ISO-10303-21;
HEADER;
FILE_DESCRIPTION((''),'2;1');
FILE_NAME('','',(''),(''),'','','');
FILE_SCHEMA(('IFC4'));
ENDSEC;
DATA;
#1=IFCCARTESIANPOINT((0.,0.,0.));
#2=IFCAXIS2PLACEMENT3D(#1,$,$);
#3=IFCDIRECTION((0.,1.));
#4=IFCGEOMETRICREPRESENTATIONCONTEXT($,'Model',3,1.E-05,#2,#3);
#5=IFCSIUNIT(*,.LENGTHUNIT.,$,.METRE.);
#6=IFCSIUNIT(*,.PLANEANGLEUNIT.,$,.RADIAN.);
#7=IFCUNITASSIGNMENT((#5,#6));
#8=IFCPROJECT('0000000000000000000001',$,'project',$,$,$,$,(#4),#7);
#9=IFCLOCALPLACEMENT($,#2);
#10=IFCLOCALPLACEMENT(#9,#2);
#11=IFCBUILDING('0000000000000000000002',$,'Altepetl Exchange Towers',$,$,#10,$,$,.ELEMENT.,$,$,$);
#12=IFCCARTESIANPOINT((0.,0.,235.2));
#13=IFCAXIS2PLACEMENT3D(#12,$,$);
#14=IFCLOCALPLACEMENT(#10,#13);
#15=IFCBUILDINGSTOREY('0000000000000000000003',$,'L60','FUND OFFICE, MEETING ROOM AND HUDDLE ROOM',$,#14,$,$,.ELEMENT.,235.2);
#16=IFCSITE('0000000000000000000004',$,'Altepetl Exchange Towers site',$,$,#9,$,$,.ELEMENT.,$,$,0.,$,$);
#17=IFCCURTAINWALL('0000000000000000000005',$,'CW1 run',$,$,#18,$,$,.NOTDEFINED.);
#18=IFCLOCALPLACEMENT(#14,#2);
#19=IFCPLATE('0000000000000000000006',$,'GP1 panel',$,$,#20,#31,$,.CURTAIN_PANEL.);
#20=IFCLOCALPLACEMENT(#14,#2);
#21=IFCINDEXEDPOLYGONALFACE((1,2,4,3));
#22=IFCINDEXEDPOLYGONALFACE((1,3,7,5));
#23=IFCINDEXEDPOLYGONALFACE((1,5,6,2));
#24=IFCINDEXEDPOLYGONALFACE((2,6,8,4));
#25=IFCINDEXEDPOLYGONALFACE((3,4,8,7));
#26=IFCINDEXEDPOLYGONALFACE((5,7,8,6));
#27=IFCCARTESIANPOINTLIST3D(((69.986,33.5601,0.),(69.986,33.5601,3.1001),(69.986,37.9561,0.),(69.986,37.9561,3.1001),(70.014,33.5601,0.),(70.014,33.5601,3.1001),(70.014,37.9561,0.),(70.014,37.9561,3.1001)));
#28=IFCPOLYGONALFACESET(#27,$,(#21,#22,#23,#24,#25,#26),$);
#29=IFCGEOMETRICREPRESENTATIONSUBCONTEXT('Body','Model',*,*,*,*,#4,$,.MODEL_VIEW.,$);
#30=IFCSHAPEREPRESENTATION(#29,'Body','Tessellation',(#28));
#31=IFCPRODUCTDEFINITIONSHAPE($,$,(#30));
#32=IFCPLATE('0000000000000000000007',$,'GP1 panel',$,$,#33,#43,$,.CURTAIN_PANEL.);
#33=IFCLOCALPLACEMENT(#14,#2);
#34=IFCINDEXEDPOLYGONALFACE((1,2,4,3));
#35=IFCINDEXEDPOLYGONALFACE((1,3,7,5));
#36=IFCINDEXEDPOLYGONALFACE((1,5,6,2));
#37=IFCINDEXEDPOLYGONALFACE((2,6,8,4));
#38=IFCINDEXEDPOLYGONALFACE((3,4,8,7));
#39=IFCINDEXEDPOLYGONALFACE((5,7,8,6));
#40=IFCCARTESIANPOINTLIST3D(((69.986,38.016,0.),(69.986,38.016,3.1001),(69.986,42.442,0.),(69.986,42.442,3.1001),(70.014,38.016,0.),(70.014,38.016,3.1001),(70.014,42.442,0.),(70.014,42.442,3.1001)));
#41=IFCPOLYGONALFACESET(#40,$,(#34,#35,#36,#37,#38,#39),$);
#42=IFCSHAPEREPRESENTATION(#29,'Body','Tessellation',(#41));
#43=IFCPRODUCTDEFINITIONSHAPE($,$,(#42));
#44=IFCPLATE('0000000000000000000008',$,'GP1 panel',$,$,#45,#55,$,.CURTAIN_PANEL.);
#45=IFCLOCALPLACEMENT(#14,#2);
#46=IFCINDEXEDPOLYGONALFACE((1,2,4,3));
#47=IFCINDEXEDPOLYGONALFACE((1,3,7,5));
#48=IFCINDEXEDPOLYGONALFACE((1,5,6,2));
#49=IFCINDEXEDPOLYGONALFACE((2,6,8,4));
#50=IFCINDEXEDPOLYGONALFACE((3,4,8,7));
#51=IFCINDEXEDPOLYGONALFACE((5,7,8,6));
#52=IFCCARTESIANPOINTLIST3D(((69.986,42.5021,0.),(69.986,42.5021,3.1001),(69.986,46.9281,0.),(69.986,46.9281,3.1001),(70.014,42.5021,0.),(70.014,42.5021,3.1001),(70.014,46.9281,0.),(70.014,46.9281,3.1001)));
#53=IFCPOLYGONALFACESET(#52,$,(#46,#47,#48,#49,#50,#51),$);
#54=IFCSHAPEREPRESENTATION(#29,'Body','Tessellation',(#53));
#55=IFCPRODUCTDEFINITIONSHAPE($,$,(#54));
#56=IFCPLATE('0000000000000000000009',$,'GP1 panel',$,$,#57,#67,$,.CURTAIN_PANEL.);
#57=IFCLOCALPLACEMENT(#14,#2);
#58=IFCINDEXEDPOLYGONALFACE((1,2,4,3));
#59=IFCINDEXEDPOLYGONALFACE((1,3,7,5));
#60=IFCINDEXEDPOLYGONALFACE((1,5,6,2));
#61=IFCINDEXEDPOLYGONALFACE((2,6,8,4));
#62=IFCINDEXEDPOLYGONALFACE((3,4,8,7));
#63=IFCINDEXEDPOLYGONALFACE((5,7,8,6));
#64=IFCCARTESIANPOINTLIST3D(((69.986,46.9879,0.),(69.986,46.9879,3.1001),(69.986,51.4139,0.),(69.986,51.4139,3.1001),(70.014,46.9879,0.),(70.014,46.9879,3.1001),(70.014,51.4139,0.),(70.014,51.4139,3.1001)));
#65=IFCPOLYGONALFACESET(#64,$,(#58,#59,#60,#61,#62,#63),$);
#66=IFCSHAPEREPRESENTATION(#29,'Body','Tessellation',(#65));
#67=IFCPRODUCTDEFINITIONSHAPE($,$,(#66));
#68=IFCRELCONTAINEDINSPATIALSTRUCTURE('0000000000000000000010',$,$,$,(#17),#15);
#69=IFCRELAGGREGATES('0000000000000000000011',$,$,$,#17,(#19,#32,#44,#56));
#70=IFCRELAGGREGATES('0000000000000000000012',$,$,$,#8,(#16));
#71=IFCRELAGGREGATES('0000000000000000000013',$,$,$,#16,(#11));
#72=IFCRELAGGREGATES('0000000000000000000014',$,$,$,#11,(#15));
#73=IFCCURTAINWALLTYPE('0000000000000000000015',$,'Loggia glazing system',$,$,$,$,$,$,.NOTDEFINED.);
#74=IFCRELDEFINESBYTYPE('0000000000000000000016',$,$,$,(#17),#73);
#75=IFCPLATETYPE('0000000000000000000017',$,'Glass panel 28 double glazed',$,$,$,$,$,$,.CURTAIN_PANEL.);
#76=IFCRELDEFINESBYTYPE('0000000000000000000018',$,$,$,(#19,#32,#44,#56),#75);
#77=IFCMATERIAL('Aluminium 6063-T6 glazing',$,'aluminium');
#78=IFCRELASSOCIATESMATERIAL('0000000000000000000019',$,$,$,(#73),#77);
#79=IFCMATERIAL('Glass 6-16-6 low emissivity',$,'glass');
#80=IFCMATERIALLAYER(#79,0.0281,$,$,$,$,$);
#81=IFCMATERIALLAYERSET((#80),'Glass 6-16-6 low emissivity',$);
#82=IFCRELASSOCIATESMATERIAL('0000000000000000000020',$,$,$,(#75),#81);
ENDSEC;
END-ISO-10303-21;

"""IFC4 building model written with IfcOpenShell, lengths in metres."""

from ifc_helpers import new_model, si_unit, direction, frame, origin, origin_2d, place, context, subcontext, project, spatial, rectangle, extrude, material, layer, layer_set, type_object, element, aggregate, save


model = new_model("IFC4")

# Units and contexts
model_context = context("Model", 3, precision=1e-05, world=origin(), true_north=direction((0.0, 1.0)))
body_context = subcontext(model_context, "Body", "Model", "MODEL_VIEW")
ifc_project = project(units=[si_unit("LENGTHUNIT", "METRE"), si_unit("PLANEANGLEUNIT", "RADIAN")], contexts=[model_context])

# Site, building, storey
site_placement = place(None, origin())
site = spatial("IfcSite", under=ifc_project, at=site_placement, Name="Altepetl Exchange Towers site", CompositionType="ELEMENT", RefElevation=0.0)
building_placement = place(site_placement, origin())
building = spatial("IfcBuilding", under=site, at=building_placement, Name="Altepetl Exchange Towers", CompositionType="ELEMENT")
storey_placement = place(building_placement, frame((0.0, 0.0, 235.2)))
storey = spatial("IfcBuildingStorey", under=building, at=storey_placement, Name="L60", Description="FUND OFFICE, MEETING ROOM AND HUDDLE ROOM", CompositionType="ELEMENT", Elevation=235.2)

# Curtain wall
ifc_material_1 = material(Name="Aluminium 6063-T6 glazing", Category="aluminium")
curtain_wall_type = type_object("IfcCurtainWallType", Name="Loggia glazing system", PredefinedType="NOTDEFINED", material=ifc_material_1)
curtain_wall_1_placement = place(storey_placement, origin())
curtain_wall_1 = element("IfcCurtainWall", 1, at=curtain_wall_1_placement, inside=storey, type_object=curtain_wall_type, Name="CW1 run", PredefinedType="NOTDEFINED")

# Plates
ifc_material_2 = material(Name="Glass 6-16-6 low emissivity", Category="glass")
ifc_layer = layer(ifc_material_2, 0.0281)
ifc_layer_set = layer_set([ifc_layer], Name="Glass 6-16-6 low emissivity")
plate_type = type_object("IfcPlateType", Name="Glass panel 28 double glazed", PredefinedType="CURTAIN_PANEL", material=ifc_layer_set)
plate_1_placement = place(storey_placement, frame((70.0, 35.7581, 0.0), z_axis=(0.0, 0.0, 1.0), x_axis=(0.0, 1.0, 0.0)))
plate_1 = element("IfcPlate", 2, at=plate_1_placement, type_object=plate_type, Name="GP1 panel", PredefinedType="CURTAIN_PANEL", context=body_context, shape_type="SweptSolid", body=[
    extrude(rectangle(XDim=4.396, YDim=0.0281, at=origin_2d()), origin(), (0.0, 0.0, 1.0), 3.1001),
])
plate_2_placement = place(storey_placement, frame((70.0, 40.229, 0.0), z_axis=(0.0, 0.0, 1.0), x_axis=(0.0, 1.0, 0.0)))
plate_2 = element("IfcPlate", 3, at=plate_2_placement, type_object=plate_type, Name="GP1 panel", PredefinedType="CURTAIN_PANEL", context=body_context, shape_type="SweptSolid", body=[
    extrude(rectangle(XDim=4.426, YDim=0.0281, at=origin_2d()), origin(), (0.0, 0.0, 1.0), 3.1001),
])
plate_3_placement = place(storey_placement, frame((70.0, 44.7151, 0.0), z_axis=(0.0, 0.0, 1.0), x_axis=(0.0, 1.0, 0.0)))
plate_3 = element("IfcPlate", 4, at=plate_3_placement, type_object=plate_type, Name="GP1 panel", PredefinedType="CURTAIN_PANEL", context=body_context, shape_type="SweptSolid", body=[
    extrude(rectangle(XDim=4.426, YDim=0.0281, at=origin_2d()), origin(), (0.0, 0.0, 1.0), 3.1001),
])
plate_4_placement = place(storey_placement, frame((70.0, 49.2009, 0.0), z_axis=(0.0, 0.0, 1.0), x_axis=(0.0, 1.0, 0.0)))
plate_4 = element("IfcPlate", 5, at=plate_4_placement, type_object=plate_type, Name="GP1 panel", PredefinedType="CURTAIN_PANEL", context=body_context, shape_type="SweptSolid", body=[
    extrude(rectangle(XDim=4.426, YDim=0.0281, at=origin_2d()), origin(), (0.0, 0.0, 1.0), 3.1001),
])
aggregate(curtain_wall_1, [plate_1, plate_2, plate_3, plate_4])

save(model, "model.ifc")
